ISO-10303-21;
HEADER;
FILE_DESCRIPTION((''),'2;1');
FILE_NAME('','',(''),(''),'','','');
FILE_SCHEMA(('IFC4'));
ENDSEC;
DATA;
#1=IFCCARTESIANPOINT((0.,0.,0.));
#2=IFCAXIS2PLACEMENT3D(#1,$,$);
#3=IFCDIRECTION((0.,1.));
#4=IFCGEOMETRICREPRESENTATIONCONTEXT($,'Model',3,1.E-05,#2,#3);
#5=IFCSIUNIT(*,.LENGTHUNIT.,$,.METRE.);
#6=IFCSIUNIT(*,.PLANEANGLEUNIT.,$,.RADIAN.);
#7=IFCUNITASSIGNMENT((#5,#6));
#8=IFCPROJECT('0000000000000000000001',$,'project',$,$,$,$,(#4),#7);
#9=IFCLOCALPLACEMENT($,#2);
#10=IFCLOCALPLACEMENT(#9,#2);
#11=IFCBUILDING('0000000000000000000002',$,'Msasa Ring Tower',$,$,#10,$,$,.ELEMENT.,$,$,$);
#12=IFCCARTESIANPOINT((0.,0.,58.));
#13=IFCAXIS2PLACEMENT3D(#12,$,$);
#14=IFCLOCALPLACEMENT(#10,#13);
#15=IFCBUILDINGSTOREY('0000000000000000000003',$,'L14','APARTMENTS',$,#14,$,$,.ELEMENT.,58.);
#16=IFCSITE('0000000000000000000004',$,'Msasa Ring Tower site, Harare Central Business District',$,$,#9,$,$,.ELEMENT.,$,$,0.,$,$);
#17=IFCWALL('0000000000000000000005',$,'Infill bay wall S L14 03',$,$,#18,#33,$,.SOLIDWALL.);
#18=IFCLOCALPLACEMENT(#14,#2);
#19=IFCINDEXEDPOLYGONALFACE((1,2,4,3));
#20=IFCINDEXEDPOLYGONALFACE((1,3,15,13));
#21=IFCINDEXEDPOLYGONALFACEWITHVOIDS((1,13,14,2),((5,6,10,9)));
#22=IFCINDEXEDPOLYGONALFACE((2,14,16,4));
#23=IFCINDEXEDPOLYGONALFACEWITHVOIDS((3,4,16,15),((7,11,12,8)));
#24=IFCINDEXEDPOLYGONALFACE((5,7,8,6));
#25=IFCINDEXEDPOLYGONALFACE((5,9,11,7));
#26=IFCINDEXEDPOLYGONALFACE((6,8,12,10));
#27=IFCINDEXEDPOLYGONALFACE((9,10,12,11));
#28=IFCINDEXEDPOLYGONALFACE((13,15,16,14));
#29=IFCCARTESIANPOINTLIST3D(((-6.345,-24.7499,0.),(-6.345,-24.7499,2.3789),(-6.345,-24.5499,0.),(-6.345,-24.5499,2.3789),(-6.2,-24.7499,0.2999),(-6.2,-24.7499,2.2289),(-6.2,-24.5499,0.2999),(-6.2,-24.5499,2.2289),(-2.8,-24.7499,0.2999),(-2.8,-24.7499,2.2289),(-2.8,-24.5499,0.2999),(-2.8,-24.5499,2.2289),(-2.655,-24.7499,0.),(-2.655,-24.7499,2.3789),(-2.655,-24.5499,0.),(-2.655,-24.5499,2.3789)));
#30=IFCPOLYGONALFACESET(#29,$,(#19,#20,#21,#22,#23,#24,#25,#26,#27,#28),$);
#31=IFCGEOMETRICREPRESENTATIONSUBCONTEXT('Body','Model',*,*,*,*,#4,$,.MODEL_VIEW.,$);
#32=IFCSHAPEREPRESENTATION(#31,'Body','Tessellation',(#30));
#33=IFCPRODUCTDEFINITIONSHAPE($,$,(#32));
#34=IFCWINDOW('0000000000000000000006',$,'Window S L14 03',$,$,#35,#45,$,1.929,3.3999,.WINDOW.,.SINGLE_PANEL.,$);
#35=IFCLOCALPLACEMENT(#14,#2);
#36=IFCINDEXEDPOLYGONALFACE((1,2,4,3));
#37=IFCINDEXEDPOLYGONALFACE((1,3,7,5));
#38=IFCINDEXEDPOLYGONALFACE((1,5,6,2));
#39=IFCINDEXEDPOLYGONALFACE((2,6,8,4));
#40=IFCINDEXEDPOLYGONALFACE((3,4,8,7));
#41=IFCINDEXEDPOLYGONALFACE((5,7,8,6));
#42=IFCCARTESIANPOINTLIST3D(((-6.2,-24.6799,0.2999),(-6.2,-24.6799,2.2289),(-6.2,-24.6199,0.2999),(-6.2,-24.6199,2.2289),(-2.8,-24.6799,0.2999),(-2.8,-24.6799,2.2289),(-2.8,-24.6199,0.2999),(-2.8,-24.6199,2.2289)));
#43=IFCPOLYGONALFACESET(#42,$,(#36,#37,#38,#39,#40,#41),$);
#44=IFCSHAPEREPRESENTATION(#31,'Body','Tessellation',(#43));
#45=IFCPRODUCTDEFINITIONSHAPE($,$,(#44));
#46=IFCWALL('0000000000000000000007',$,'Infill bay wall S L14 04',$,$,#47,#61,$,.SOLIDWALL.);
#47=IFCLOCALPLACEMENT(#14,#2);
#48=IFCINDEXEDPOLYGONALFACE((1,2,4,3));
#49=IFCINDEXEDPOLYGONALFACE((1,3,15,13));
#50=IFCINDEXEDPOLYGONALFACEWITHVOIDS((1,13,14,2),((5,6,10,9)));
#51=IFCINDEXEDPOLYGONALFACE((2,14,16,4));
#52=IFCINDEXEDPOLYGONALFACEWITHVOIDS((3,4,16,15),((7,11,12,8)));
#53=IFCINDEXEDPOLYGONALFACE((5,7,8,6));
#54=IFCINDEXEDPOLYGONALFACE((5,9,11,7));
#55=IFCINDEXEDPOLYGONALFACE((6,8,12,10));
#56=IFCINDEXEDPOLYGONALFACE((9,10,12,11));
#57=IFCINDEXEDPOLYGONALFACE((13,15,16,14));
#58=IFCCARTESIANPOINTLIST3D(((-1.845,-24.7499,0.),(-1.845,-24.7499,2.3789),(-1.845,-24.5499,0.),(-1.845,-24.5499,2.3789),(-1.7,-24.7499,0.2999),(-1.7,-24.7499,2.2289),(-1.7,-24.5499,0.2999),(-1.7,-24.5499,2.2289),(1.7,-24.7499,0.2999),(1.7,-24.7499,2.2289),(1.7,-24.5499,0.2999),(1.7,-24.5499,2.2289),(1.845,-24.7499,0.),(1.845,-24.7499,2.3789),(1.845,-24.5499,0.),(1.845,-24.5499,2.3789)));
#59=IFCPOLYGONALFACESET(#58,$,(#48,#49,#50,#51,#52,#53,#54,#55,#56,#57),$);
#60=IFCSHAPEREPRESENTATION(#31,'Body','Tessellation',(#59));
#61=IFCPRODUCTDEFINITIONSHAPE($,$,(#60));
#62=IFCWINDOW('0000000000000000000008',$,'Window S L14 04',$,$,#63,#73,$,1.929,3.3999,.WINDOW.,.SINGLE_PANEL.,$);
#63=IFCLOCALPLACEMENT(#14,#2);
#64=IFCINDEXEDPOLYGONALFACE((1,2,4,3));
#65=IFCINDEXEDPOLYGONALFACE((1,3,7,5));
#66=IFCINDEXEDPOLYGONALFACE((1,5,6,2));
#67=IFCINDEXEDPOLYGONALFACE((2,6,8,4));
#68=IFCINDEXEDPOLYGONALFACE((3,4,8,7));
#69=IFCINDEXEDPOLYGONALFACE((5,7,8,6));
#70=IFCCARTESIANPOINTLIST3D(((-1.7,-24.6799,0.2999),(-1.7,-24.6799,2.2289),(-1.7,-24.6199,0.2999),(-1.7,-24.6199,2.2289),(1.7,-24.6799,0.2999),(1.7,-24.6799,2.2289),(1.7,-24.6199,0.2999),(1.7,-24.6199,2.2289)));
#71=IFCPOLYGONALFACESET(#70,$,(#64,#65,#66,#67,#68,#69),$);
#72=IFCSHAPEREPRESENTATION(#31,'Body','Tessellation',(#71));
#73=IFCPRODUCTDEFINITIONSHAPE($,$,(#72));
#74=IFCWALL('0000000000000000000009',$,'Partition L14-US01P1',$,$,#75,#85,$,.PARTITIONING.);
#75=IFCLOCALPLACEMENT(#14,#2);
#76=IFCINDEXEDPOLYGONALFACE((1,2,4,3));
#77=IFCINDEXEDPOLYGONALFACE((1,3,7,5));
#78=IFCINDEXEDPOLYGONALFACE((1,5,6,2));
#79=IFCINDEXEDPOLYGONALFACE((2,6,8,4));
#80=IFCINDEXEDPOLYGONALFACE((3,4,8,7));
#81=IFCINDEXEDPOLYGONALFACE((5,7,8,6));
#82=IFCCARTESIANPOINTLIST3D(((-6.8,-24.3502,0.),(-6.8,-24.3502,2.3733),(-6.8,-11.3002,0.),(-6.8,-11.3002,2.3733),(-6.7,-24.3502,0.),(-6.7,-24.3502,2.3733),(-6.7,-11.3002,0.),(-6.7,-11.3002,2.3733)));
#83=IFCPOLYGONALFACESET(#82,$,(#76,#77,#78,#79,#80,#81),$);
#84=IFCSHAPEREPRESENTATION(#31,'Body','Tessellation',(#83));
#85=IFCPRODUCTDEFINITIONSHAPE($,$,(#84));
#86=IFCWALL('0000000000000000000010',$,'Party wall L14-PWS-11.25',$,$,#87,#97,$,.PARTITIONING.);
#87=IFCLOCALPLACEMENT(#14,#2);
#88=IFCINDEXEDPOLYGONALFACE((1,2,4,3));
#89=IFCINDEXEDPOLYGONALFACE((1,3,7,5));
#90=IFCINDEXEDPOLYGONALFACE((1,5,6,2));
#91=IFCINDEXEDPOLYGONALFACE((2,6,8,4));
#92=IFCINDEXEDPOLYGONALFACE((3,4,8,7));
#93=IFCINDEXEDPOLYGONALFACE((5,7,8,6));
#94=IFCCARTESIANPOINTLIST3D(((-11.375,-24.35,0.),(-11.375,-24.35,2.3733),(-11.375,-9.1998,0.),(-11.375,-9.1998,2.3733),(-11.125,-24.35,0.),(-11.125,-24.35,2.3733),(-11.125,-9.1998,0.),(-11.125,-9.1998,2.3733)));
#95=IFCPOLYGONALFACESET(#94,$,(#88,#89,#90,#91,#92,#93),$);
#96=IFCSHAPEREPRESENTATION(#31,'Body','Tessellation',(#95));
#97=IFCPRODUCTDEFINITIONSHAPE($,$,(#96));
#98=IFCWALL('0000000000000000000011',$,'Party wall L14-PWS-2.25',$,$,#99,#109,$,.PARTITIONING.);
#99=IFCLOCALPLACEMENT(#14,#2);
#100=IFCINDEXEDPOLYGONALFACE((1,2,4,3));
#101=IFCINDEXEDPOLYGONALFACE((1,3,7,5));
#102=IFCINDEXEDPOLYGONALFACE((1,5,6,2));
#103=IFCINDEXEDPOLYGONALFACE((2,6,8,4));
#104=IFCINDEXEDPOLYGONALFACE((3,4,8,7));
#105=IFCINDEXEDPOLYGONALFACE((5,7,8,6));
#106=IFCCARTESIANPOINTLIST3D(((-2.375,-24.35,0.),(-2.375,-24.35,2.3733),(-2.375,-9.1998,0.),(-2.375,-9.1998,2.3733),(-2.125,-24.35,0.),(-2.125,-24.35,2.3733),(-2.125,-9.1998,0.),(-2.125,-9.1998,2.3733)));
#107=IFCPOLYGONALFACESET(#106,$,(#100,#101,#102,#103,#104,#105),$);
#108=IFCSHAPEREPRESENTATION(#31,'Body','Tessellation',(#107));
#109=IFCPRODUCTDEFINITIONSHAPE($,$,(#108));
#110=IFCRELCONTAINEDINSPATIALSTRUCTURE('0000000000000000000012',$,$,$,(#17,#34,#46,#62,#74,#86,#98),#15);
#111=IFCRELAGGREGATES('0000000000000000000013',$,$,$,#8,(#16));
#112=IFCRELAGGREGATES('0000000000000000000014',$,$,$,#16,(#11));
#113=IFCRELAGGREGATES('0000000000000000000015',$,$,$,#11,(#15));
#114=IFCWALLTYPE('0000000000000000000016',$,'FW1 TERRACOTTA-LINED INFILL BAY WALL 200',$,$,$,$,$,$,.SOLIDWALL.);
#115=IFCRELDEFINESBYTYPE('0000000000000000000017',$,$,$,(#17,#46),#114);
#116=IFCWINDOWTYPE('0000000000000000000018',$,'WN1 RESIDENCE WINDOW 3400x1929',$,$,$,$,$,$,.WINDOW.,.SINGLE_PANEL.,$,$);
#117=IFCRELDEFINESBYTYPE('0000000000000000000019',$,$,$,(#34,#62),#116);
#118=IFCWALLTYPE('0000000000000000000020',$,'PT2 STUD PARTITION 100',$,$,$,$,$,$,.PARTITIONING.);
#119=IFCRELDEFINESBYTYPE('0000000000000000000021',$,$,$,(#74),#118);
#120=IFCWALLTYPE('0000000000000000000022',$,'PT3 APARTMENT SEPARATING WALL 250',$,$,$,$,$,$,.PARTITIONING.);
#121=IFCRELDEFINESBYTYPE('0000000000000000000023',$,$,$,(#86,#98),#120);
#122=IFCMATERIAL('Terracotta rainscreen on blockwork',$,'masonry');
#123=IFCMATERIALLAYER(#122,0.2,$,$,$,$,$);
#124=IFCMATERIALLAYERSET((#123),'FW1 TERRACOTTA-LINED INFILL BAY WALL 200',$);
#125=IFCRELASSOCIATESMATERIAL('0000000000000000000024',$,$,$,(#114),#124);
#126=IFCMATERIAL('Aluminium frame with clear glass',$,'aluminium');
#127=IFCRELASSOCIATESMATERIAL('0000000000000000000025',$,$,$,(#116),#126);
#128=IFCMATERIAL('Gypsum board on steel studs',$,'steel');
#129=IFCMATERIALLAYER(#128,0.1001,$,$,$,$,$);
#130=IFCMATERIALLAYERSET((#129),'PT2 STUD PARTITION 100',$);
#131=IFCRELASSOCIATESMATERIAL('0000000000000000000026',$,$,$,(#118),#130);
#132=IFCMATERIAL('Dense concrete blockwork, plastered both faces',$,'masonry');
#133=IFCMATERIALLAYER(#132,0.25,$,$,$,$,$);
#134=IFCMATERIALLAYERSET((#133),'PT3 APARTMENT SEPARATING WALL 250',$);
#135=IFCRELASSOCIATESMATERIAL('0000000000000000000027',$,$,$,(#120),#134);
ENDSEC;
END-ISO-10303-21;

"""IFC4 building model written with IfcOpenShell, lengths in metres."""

from ifc_helpers import new_model, si_unit, direction, frame, frame_2d, origin, place, context, subcontext, project, spatial, rectangle, extrude, material, layer, layer_set, type_object, element, fill, save


model = new_model("IFC4")

# Units and contexts
model_context = context("Model", 3, precision=1e-05, world=origin(), true_north=direction((0.0, 1.0)))
body_context = subcontext(model_context, "Body", "Model", "MODEL_VIEW")
ifc_project = project(units=[si_unit("LENGTHUNIT", "METRE"), si_unit("PLANEANGLEUNIT", "RADIAN")], contexts=[model_context])

# Site, building, storey
site_placement = place(None, origin())
site = spatial("IfcSite", under=ifc_project, at=site_placement, Name="Msasa Ring Tower site, Harare Central Business District", CompositionType="ELEMENT", RefElevation=0.0)
building_placement = place(site_placement, origin())
building = spatial("IfcBuilding", under=site, at=building_placement, Name="Msasa Ring Tower", CompositionType="ELEMENT")
storey_placement = place(building_placement, frame((0.0, 0.0, 58.0)))
storey = spatial("IfcBuildingStorey", under=building, at=storey_placement, Name="L14", Description="APARTMENTS", CompositionType="ELEMENT", Elevation=58.0)

# Walls, openings, windows
ifc_material_1 = material(Name="Terracotta rainscreen on blockwork", Category="masonry")
ifc_layer_1 = layer(ifc_material_1, 0.2)
ifc_layer_set_1 = layer_set([ifc_layer_1], Name="FW1 TERRACOTTA-LINED INFILL BAY WALL 200")
wall_type_1 = type_object("IfcWallType", Name="FW1 TERRACOTTA-LINED INFILL BAY WALL 200", PredefinedType="SOLIDWALL", material=ifc_layer_set_1)
ifc_material_2 = material(Name="Aluminium frame with clear glass", Category="aluminium")
window_type = type_object("IfcWindowType", Name="WN1 RESIDENCE WINDOW 3400x1929", PartitioningType="SINGLE_PANEL", PredefinedType="WINDOW", material=ifc_material_2)
wall_1_placement = place(storey_placement, frame((-6.345, -24.6499, 0.0), z_axis=(0.0, 0.0, 1.0), x_axis=(1.0, 0.0, 0.0)))
wall_1 = element("IfcWall", 1, at=wall_1_placement, inside=storey, type_object=wall_type_1, Name="Infill bay wall S L14 03", PredefinedType="SOLIDWALL", context=body_context, shape_type="SweptSolid", body=[
    extrude(rectangle(XDim=3.6899, YDim=0.2, at=frame_2d((1.845, 0.0))), origin(), (0.0, 0.0, 1.0), 2.3789),
])
opening_1_placement = place(wall_1_placement, frame((0.145, 0.0, 0.3)))
opening_1 = element("IfcOpeningElement", 2, at=opening_1_placement, cuts=wall_1, PredefinedType="OPENING", context=body_context, shape_type="SweptSolid", body=[
    extrude(rectangle(XDim=3.3999, YDim=1.929, at=frame_2d((1.7, 0.9644))), frame((0.0, 0.1099, 0.0), z_axis=(0.0, -1.0, 0.0), x_axis=(1.0, 0.0, 0.0)), (0.0, 0.0, 1.0), 0.22),
])
window_1_placement = place(opening_1_placement, origin())
window_1 = element("IfcWindow", 3, at=window_1_placement, inside=storey, type_object=window_type, Name="Window S L14 03", OverallHeight=1.929, OverallWidth=3.3999, PartitioningType="SINGLE_PANEL", PredefinedType="WINDOW", context=body_context, shape_type="SweptSolid", body=[
    extrude(rectangle(XDim=3.3999, YDim=1.929, at=frame_2d((1.7, 0.9644))), frame((0.0, 0.03, 0.0), z_axis=(0.0, -1.0, 0.0), x_axis=(1.0, 0.0, 0.0)), (0.0, 0.0, 1.0), 0.0601),
])
fill(opening_1, window_1)
wall_2_placement = place(storey_placement, frame((-1.845, -24.6499, 0.0), z_axis=(0.0, 0.0, 1.0), x_axis=(1.0, 0.0, 0.0)))
wall_2 = element("IfcWall", 4, at=wall_2_placement, inside=storey, type_object=wall_type_1, Name="Infill bay wall S L14 04", PredefinedType="SOLIDWALL", context=body_context, shape_type="SweptSolid", body=[
    extrude(rectangle(XDim=3.6899, YDim=0.2, at=frame_2d((1.845, 0.0))), origin(), (0.0, 0.0, 1.0), 2.3789),
])
opening_2_placement = place(wall_2_placement, frame((0.145, 0.0, 0.3)))
opening_2 = element("IfcOpeningElement", 5, at=opening_2_placement, cuts=wall_2, PredefinedType="OPENING", context=body_context, shape_type="SweptSolid", body=[
    extrude(rectangle(XDim=3.3999, YDim=1.929, at=frame_2d((1.7, 0.9644))), frame((0.0, 0.1099, 0.0), z_axis=(0.0, -1.0, 0.0), x_axis=(1.0, 0.0, 0.0)), (0.0, 0.0, 1.0), 0.22),
])
window_2_placement = place(opening_2_placement, origin())
window_2 = element("IfcWindow", 6, at=window_2_placement, inside=storey, type_object=window_type, Name="Window S L14 04", OverallHeight=1.929, OverallWidth=3.3999, PartitioningType="SINGLE_PANEL", PredefinedType="WINDOW", context=body_context, shape_type="SweptSolid", body=[
    extrude(rectangle(XDim=3.3999, YDim=1.929, at=frame_2d((1.7, 0.9644))), frame((0.0, 0.03, 0.0), z_axis=(0.0, -1.0, 0.0), x_axis=(1.0, 0.0, 0.0)), (0.0, 0.0, 1.0), 0.0601),
])
fill(opening_2, window_2)

# Walls
ifc_material_3 = material(Name="Gypsum board on steel studs", Category="steel")
ifc_layer_2 = layer(ifc_material_3, 0.1001)
ifc_layer_set_2 = layer_set([ifc_layer_2], Name="PT2 STUD PARTITION 100")
wall_type_2 = type_object("IfcWallType", Name="PT2 STUD PARTITION 100", PredefinedType="PARTITIONING", material=ifc_layer_set_2)
wall_3_placement = place(storey_placement, frame((-6.75, -24.3501, 0.0), z_axis=(0.0, 0.0, 1.0), x_axis=(0.0, 1.0, 0.0)))
element("IfcWall", 7, at=wall_3_placement, inside=storey, type_object=wall_type_2, Name="Partition L14-US01P1", PredefinedType="PARTITIONING", context=body_context, shape_type="SweptSolid", body=[
    extrude(rectangle(XDim=13.05, YDim=0.1001, at=frame_2d((6.5249, 0.0))), origin(), (0.0, 0.0, 1.0), 2.3733),
])
ifc_material_4 = material(Name="Dense concrete blockwork, plastered both faces", Category="masonry")
ifc_layer_3 = layer(ifc_material_4, 0.25)
ifc_layer_set_3 = layer_set([ifc_layer_3], Name="PT3 APARTMENT SEPARATING WALL 250")
wall_type_3 = type_object("IfcWallType", Name="PT3 APARTMENT SEPARATING WALL 250", PredefinedType="PARTITIONING", material=ifc_layer_set_3)
for number, where, z_axis, x_axis, name in (
    (8, (-11.25, -24.3501, 0.0), (0.0, 0.0, 1.0), (0.0, 1.0, 0.0), "Party wall L14-PWS-11.25"),
    (9, (-2.25, -24.3501, 0.0), (0.0, 0.0, 1.0), (0.0, 1.0, 0.0), "Party wall L14-PWS-2.25"),
):
    element("IfcWall", number, at=place(storey_placement, frame(where, z_axis=z_axis, x_axis=x_axis)), inside=storey, type_object=wall_type_3, Name=name, PredefinedType="PARTITIONING", context=body_context, shape_type="SweptSolid", body=[
        extrude(rectangle(XDim=15.1501, YDim=0.25, at=frame_2d((7.5752, 0.0))), origin(), (0.0, 0.0, 1.0), 2.3733),
    ])

save(model, "model.ifc")
